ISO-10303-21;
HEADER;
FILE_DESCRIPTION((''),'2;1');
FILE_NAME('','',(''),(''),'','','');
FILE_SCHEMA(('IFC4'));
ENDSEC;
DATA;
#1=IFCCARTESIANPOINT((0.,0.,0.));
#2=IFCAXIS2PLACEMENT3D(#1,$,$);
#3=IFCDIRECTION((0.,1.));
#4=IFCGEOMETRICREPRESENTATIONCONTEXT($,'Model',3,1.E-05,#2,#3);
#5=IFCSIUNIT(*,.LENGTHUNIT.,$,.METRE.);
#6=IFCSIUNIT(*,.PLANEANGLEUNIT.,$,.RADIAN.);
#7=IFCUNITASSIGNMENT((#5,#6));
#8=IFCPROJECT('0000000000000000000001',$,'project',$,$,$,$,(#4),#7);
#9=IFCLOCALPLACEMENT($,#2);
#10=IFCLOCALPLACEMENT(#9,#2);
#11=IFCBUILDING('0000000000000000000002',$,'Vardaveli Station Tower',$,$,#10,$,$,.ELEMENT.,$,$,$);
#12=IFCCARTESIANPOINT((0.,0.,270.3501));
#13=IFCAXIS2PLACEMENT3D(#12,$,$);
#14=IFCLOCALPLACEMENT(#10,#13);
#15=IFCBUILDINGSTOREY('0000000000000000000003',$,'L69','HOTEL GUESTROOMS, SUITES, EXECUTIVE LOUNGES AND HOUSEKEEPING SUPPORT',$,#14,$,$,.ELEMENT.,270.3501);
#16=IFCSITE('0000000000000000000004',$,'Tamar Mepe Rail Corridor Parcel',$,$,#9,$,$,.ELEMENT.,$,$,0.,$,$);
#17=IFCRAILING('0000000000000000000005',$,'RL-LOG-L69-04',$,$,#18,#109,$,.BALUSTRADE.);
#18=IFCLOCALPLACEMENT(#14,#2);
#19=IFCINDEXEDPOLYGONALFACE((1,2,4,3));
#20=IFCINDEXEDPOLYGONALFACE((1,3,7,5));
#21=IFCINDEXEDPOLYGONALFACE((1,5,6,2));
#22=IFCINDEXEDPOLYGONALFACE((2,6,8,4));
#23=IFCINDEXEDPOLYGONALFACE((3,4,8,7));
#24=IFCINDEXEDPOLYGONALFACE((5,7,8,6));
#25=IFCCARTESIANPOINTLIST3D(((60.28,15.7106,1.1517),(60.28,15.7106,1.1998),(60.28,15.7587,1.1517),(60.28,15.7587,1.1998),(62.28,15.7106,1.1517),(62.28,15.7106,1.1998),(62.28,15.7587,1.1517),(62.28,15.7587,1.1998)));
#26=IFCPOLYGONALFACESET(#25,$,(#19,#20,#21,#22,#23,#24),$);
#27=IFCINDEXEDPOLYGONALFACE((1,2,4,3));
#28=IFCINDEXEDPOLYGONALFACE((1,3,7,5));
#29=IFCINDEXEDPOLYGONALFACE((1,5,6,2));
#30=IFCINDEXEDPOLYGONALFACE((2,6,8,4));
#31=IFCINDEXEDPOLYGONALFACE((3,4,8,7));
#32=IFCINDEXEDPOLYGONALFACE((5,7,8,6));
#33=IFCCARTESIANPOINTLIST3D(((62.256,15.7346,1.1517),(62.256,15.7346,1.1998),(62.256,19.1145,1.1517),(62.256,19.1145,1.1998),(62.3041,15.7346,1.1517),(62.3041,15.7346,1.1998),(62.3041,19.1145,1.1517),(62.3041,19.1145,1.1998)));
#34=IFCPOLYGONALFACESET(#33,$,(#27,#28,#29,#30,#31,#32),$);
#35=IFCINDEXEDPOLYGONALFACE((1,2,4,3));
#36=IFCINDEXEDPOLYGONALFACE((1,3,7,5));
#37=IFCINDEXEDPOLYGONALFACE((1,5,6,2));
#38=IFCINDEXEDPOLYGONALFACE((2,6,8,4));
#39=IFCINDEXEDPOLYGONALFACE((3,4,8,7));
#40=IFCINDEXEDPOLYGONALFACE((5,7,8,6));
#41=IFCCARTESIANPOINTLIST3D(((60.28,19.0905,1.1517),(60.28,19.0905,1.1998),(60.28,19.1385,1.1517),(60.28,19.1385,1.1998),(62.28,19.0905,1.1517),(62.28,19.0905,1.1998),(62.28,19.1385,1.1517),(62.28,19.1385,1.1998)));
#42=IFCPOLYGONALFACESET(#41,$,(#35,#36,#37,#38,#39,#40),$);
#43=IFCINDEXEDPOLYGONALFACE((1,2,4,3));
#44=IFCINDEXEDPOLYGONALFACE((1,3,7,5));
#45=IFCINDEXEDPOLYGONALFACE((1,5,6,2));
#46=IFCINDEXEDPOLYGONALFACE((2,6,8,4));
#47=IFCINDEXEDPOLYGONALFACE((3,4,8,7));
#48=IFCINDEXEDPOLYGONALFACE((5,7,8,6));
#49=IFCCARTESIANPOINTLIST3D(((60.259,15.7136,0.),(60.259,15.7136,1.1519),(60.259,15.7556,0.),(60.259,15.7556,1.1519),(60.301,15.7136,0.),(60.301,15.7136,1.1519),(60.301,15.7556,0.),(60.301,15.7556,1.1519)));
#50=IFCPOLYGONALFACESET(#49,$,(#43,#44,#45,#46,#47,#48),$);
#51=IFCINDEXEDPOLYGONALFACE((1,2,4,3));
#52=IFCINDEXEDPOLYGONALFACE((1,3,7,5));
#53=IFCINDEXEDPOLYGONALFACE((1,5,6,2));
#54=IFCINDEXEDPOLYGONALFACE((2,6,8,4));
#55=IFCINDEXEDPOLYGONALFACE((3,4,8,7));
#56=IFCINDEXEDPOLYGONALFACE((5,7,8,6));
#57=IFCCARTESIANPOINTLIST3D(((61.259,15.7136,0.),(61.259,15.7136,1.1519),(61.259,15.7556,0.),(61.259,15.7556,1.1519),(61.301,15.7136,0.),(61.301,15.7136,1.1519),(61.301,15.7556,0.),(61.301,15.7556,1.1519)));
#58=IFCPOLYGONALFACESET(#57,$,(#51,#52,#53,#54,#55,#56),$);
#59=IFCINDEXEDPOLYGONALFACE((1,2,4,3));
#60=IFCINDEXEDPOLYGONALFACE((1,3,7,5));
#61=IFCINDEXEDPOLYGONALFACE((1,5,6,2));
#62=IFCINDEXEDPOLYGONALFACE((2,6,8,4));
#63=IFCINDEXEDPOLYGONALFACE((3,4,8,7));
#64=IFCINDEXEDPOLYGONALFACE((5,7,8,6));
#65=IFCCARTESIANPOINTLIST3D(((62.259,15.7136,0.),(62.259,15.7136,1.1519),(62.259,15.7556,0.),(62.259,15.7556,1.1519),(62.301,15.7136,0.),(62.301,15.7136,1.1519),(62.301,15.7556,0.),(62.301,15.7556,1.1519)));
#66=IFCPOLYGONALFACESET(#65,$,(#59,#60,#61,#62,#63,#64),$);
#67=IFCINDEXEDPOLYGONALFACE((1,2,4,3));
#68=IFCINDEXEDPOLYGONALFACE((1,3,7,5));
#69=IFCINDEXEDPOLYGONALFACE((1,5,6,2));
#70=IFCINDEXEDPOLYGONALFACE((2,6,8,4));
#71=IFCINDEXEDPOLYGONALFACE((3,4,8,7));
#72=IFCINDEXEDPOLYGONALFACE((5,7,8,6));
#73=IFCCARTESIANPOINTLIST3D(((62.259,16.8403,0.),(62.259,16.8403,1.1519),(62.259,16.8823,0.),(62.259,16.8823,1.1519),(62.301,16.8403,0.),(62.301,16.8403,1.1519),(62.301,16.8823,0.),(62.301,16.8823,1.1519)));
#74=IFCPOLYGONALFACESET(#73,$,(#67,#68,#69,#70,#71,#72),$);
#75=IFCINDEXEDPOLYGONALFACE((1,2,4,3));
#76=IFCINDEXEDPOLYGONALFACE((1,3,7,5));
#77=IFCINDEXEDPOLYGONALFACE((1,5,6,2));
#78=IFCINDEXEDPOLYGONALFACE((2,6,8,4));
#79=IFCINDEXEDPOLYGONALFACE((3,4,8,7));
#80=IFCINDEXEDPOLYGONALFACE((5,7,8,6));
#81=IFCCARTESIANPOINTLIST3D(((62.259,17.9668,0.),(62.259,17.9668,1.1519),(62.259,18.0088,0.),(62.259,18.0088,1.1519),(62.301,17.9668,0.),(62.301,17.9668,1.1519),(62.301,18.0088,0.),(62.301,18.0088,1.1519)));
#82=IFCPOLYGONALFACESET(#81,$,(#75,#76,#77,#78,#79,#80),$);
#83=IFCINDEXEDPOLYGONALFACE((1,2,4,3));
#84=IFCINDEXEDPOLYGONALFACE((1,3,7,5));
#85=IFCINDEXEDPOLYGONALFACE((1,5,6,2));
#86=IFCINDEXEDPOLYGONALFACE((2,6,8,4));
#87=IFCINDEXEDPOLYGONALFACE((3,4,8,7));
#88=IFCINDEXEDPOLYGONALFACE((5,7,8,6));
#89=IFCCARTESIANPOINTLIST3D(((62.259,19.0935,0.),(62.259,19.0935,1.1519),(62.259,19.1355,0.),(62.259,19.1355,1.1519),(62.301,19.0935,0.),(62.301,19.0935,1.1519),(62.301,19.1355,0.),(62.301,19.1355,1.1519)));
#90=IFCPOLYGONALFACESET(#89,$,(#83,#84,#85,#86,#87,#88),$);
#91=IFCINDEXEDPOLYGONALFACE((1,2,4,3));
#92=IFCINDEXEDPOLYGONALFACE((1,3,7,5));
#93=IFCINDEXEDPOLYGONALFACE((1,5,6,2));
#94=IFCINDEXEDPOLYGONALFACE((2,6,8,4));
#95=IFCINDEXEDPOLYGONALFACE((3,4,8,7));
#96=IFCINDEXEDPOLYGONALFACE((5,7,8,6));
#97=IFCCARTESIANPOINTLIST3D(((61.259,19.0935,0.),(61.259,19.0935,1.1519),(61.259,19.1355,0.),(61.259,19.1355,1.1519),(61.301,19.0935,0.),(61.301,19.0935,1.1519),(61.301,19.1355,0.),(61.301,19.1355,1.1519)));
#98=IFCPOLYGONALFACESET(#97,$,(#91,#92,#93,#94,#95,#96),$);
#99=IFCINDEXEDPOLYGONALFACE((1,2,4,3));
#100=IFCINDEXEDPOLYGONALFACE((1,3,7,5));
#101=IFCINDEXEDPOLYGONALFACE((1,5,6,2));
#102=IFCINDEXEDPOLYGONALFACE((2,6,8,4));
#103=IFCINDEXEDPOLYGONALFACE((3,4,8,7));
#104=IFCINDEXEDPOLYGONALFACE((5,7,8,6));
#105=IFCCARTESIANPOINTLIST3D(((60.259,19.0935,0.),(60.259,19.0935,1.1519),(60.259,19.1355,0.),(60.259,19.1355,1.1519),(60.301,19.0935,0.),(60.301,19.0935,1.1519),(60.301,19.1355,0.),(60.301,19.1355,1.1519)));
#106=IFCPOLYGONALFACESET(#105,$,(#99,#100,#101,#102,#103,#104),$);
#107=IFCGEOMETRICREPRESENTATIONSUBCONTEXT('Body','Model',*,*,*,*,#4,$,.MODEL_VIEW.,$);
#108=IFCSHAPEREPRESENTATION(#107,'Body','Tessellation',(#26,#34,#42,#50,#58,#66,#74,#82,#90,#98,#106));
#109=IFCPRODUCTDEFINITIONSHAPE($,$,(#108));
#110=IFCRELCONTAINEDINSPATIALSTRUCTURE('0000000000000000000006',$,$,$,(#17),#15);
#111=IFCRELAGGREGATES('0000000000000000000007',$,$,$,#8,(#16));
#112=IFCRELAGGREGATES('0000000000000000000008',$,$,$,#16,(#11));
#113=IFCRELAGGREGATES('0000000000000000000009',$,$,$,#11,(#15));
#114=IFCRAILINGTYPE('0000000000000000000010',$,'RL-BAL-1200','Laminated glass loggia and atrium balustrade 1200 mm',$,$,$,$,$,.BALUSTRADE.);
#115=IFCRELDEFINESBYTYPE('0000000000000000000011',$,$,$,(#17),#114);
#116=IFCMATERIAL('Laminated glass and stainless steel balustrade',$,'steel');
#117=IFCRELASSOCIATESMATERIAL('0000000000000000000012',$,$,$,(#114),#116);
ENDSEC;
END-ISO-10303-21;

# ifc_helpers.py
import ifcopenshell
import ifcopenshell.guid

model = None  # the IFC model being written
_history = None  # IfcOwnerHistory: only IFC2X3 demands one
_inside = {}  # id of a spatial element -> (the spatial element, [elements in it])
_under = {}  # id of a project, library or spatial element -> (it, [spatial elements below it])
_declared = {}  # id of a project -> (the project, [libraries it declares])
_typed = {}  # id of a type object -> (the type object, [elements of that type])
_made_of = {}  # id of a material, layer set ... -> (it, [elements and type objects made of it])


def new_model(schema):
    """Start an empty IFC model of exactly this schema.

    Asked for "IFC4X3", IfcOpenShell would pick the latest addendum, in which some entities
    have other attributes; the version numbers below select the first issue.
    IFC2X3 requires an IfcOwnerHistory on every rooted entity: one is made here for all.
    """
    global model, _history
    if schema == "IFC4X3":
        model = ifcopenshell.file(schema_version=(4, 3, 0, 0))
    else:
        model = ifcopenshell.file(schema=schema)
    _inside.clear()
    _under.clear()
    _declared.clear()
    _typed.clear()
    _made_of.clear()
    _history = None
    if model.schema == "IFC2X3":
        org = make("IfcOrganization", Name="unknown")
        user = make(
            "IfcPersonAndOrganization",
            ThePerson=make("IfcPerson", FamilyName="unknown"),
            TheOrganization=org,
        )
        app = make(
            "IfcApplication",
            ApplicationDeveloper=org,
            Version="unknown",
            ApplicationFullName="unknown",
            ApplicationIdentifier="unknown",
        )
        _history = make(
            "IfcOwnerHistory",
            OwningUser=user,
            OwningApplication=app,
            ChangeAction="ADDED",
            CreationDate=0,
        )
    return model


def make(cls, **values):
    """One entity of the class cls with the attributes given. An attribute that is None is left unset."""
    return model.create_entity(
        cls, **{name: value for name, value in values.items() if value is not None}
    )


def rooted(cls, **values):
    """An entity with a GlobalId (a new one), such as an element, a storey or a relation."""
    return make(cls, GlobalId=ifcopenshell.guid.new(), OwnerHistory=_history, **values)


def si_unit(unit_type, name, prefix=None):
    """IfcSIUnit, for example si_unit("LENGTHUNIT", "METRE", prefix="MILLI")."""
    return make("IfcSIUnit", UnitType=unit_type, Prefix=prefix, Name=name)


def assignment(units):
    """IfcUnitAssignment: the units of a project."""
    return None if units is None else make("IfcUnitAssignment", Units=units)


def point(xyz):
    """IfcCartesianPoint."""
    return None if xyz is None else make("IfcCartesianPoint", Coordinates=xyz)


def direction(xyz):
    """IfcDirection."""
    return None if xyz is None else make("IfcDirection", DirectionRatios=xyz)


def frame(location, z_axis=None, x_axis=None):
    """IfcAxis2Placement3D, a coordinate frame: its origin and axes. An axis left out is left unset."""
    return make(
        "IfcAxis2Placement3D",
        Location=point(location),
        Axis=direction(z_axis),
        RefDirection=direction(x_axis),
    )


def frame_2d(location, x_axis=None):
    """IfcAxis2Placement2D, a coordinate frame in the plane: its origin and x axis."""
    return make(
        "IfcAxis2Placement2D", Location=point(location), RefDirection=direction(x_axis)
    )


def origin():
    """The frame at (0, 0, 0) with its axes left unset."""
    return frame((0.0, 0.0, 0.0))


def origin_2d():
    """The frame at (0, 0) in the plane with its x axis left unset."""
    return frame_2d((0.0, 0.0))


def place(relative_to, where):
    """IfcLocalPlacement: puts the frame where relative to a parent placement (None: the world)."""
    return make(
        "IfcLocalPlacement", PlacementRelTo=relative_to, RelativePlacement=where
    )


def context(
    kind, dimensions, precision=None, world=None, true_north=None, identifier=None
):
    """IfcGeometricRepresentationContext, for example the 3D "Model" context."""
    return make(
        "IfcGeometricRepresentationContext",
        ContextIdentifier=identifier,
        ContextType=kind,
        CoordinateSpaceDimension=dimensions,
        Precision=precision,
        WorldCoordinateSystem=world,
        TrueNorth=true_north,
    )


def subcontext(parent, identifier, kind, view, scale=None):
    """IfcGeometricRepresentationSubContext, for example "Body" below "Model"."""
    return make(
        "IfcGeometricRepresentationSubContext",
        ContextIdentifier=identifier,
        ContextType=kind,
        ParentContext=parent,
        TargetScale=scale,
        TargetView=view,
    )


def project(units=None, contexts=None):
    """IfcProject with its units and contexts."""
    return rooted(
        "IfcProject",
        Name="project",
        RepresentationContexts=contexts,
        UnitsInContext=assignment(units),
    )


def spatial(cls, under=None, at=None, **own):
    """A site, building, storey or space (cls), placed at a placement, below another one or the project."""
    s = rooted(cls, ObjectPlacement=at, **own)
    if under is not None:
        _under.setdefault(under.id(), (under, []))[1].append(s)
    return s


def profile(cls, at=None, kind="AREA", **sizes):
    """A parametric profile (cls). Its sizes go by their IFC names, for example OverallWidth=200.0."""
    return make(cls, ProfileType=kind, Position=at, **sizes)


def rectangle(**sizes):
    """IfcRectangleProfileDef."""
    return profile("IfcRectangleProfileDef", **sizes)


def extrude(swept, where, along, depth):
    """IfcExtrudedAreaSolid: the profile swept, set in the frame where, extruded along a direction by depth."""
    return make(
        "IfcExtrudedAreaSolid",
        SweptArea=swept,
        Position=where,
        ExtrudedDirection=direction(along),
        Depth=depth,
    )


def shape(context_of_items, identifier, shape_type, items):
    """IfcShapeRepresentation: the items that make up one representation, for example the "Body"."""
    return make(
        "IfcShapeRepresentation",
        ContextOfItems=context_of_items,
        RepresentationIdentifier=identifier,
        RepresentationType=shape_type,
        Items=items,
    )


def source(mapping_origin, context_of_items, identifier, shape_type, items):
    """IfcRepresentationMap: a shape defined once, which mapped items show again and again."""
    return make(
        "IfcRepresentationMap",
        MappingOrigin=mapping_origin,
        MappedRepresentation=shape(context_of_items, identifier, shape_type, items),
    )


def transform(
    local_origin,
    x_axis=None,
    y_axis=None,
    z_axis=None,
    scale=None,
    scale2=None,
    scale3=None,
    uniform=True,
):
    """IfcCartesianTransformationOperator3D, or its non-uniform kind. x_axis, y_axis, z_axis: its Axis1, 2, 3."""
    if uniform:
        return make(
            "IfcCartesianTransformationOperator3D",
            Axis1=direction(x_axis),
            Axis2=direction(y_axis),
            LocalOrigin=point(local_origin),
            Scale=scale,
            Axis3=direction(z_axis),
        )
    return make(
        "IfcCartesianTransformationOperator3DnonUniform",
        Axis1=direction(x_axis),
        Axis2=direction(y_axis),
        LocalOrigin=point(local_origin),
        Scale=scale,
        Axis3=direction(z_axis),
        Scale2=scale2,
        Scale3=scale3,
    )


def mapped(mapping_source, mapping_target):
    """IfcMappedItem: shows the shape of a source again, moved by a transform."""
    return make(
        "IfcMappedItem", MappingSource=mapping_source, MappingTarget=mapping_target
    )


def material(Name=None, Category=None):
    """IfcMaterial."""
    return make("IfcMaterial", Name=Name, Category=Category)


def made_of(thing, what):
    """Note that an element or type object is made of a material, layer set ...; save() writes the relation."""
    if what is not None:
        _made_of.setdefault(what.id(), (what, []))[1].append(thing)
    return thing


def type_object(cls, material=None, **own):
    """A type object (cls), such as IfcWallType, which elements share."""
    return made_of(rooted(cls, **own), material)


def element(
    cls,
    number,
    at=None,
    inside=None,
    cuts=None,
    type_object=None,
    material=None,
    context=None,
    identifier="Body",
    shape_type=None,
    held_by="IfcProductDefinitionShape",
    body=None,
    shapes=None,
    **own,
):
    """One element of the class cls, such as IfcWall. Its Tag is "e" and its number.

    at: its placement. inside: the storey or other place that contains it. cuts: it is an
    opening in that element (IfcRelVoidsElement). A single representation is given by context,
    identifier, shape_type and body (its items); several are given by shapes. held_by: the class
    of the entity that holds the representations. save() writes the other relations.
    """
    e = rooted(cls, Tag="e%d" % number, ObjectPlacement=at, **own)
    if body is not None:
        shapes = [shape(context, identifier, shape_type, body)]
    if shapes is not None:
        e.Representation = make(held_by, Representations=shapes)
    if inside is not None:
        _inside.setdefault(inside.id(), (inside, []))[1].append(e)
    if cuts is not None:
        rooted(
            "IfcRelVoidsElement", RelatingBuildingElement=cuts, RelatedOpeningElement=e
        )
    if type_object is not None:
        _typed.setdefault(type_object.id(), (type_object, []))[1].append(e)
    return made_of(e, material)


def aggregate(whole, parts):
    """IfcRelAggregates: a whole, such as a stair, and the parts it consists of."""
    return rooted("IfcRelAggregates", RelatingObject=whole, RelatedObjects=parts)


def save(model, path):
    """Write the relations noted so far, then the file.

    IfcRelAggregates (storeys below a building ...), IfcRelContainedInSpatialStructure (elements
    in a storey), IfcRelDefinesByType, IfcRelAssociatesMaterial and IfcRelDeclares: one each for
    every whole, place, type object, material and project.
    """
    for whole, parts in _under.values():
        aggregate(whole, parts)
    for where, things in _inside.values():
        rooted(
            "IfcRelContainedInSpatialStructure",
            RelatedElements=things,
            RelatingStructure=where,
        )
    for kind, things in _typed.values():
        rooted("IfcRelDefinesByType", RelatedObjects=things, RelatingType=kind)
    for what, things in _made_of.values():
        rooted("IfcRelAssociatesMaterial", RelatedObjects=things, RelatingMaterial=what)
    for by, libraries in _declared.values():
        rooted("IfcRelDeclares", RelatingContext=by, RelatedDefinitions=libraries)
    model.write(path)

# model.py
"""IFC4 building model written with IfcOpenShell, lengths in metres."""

from ifc_helpers import new_model, si_unit, direction, frame, origin, origin_2d, place, context, subcontext, project, spatial, rectangle, extrude, source, transform, mapped, material, type_object, element, save


model = new_model("IFC4")

# Units and contexts
model_context = context("Model", 3, precision=1e-05, world=origin(), true_north=direction((0.0, 1.0)))
body_context = subcontext(model_context, "Body", "Model", "MODEL_VIEW")
ifc_project = project(units=[si_unit("LENGTHUNIT", "METRE"), si_unit("PLANEANGLEUNIT", "RADIAN")], contexts=[model_context])

# Site, building, storey
site_placement = place(None, origin())
site = spatial("IfcSite", under=ifc_project, at=site_placement, Name="Tamar Mepe Rail Corridor Parcel", CompositionType="ELEMENT", RefElevation=0.0)
building_placement = place(site_placement, origin())
building = spatial("IfcBuilding", under=site, at=building_placement, Name="Vardaveli Station Tower", CompositionType="ELEMENT")
storey_placement = place(building_placement, frame((0.0, 0.0, 270.3501)))
storey = spatial("IfcBuildingStorey", under=building, at=storey_placement, Name="L69", Description="HOTEL GUESTROOMS, SUITES, EXECUTIVE LOUNGES AND HOUSEKEEPING SUPPORT", CompositionType="ELEMENT", Elevation=270.3501)

# Railing
ifc_material_1 = material(Name="Laminated glass and stainless steel balustrade", Category="steel")
railing_type = type_object("IfcRailingType", Name="RL-BAL-1200", Description="Laminated glass loggia and atrium balustrade 1200 mm", PredefinedType="BALUSTRADE", material=ifc_material_1)
shared_shape_1 = source(origin(), body_context, "Body", "SweptSolid", [
    extrude(rectangle(XDim=0.0481, YDim=0.0481, at=origin_2d()), frame((0.0, 0.0, 1.1758), z_axis=(1.0, 0.0, 0.0), x_axis=(0.0, 1.0, 0.0)), (0.0, 0.0, 1.0), 2.0),
    extrude(rectangle(XDim=0.0481, YDim=0.0481, at=origin_2d()), frame((2.0, 0.0, 1.1758), z_axis=(0.0, 1.0, 0.0), x_axis=(-1.0, 0.0, 0.0)), (0.0, 0.0, 1.0), 3.3799),
    extrude(rectangle(XDim=0.0481, YDim=0.0481, at=origin_2d()), frame((2.0, 3.3799, 1.1758), z_axis=(-1.0, 0.0, 0.0), x_axis=(0.0, -1.0, 0.0)), (0.0, 0.0, 1.0), 2.0),
    extrude(rectangle(XDim=0.042, YDim=0.042, at=origin_2d()), origin(), (0.0, 0.0, 1.0), 1.1519),
    extrude(rectangle(XDim=0.042, YDim=0.042, at=origin_2d()), frame((1.0, 0.0, 0.0)), (0.0, 0.0, 1.0), 1.1519),
    extrude(rectangle(XDim=0.042, YDim=0.042, at=origin_2d()), frame((2.0, 0.0, 0.0)), (0.0, 0.0, 1.0), 1.1519),
    extrude(rectangle(XDim=0.042, YDim=0.042, at=origin_2d()), frame((2.0, 1.1267, 0.0)), (0.0, 0.0, 1.0), 1.1519),
    extrude(rectangle(XDim=0.042, YDim=0.042, at=origin_2d()), frame((2.0, 2.2532, 0.0)), (0.0, 0.0, 1.0), 1.1519),
    extrude(rectangle(XDim=0.042, YDim=0.042, at=origin_2d()), frame((2.0, 3.3799, 0.0)), (0.0, 0.0, 1.0), 1.1519),
    extrude(rectangle(XDim=0.042, YDim=0.042, at=origin_2d()), frame((1.0, 3.3799, 0.0)), (0.0, 0.0, 1.0), 1.1519),
    extrude(rectangle(XDim=0.042, YDim=0.042, at=origin_2d()), frame((0.0, 3.3799, 0.0)), (0.0, 0.0, 1.0), 1.1519),
])
railing_placement = place(storey_placement, frame((60.28, 15.7346, 0.0)))
element("IfcRailing", 1, at=railing_placement, inside=storey, type_object=railing_type, Name="RL-LOG-L69-04", PredefinedType="BALUSTRADE", context=body_context, shape_type="MappedRepresentation", body=[
    mapped(shared_shape_1, transform((0.0, 0.0, 0.0), scale=1.0)),
])

save(model, "model.ifc")
